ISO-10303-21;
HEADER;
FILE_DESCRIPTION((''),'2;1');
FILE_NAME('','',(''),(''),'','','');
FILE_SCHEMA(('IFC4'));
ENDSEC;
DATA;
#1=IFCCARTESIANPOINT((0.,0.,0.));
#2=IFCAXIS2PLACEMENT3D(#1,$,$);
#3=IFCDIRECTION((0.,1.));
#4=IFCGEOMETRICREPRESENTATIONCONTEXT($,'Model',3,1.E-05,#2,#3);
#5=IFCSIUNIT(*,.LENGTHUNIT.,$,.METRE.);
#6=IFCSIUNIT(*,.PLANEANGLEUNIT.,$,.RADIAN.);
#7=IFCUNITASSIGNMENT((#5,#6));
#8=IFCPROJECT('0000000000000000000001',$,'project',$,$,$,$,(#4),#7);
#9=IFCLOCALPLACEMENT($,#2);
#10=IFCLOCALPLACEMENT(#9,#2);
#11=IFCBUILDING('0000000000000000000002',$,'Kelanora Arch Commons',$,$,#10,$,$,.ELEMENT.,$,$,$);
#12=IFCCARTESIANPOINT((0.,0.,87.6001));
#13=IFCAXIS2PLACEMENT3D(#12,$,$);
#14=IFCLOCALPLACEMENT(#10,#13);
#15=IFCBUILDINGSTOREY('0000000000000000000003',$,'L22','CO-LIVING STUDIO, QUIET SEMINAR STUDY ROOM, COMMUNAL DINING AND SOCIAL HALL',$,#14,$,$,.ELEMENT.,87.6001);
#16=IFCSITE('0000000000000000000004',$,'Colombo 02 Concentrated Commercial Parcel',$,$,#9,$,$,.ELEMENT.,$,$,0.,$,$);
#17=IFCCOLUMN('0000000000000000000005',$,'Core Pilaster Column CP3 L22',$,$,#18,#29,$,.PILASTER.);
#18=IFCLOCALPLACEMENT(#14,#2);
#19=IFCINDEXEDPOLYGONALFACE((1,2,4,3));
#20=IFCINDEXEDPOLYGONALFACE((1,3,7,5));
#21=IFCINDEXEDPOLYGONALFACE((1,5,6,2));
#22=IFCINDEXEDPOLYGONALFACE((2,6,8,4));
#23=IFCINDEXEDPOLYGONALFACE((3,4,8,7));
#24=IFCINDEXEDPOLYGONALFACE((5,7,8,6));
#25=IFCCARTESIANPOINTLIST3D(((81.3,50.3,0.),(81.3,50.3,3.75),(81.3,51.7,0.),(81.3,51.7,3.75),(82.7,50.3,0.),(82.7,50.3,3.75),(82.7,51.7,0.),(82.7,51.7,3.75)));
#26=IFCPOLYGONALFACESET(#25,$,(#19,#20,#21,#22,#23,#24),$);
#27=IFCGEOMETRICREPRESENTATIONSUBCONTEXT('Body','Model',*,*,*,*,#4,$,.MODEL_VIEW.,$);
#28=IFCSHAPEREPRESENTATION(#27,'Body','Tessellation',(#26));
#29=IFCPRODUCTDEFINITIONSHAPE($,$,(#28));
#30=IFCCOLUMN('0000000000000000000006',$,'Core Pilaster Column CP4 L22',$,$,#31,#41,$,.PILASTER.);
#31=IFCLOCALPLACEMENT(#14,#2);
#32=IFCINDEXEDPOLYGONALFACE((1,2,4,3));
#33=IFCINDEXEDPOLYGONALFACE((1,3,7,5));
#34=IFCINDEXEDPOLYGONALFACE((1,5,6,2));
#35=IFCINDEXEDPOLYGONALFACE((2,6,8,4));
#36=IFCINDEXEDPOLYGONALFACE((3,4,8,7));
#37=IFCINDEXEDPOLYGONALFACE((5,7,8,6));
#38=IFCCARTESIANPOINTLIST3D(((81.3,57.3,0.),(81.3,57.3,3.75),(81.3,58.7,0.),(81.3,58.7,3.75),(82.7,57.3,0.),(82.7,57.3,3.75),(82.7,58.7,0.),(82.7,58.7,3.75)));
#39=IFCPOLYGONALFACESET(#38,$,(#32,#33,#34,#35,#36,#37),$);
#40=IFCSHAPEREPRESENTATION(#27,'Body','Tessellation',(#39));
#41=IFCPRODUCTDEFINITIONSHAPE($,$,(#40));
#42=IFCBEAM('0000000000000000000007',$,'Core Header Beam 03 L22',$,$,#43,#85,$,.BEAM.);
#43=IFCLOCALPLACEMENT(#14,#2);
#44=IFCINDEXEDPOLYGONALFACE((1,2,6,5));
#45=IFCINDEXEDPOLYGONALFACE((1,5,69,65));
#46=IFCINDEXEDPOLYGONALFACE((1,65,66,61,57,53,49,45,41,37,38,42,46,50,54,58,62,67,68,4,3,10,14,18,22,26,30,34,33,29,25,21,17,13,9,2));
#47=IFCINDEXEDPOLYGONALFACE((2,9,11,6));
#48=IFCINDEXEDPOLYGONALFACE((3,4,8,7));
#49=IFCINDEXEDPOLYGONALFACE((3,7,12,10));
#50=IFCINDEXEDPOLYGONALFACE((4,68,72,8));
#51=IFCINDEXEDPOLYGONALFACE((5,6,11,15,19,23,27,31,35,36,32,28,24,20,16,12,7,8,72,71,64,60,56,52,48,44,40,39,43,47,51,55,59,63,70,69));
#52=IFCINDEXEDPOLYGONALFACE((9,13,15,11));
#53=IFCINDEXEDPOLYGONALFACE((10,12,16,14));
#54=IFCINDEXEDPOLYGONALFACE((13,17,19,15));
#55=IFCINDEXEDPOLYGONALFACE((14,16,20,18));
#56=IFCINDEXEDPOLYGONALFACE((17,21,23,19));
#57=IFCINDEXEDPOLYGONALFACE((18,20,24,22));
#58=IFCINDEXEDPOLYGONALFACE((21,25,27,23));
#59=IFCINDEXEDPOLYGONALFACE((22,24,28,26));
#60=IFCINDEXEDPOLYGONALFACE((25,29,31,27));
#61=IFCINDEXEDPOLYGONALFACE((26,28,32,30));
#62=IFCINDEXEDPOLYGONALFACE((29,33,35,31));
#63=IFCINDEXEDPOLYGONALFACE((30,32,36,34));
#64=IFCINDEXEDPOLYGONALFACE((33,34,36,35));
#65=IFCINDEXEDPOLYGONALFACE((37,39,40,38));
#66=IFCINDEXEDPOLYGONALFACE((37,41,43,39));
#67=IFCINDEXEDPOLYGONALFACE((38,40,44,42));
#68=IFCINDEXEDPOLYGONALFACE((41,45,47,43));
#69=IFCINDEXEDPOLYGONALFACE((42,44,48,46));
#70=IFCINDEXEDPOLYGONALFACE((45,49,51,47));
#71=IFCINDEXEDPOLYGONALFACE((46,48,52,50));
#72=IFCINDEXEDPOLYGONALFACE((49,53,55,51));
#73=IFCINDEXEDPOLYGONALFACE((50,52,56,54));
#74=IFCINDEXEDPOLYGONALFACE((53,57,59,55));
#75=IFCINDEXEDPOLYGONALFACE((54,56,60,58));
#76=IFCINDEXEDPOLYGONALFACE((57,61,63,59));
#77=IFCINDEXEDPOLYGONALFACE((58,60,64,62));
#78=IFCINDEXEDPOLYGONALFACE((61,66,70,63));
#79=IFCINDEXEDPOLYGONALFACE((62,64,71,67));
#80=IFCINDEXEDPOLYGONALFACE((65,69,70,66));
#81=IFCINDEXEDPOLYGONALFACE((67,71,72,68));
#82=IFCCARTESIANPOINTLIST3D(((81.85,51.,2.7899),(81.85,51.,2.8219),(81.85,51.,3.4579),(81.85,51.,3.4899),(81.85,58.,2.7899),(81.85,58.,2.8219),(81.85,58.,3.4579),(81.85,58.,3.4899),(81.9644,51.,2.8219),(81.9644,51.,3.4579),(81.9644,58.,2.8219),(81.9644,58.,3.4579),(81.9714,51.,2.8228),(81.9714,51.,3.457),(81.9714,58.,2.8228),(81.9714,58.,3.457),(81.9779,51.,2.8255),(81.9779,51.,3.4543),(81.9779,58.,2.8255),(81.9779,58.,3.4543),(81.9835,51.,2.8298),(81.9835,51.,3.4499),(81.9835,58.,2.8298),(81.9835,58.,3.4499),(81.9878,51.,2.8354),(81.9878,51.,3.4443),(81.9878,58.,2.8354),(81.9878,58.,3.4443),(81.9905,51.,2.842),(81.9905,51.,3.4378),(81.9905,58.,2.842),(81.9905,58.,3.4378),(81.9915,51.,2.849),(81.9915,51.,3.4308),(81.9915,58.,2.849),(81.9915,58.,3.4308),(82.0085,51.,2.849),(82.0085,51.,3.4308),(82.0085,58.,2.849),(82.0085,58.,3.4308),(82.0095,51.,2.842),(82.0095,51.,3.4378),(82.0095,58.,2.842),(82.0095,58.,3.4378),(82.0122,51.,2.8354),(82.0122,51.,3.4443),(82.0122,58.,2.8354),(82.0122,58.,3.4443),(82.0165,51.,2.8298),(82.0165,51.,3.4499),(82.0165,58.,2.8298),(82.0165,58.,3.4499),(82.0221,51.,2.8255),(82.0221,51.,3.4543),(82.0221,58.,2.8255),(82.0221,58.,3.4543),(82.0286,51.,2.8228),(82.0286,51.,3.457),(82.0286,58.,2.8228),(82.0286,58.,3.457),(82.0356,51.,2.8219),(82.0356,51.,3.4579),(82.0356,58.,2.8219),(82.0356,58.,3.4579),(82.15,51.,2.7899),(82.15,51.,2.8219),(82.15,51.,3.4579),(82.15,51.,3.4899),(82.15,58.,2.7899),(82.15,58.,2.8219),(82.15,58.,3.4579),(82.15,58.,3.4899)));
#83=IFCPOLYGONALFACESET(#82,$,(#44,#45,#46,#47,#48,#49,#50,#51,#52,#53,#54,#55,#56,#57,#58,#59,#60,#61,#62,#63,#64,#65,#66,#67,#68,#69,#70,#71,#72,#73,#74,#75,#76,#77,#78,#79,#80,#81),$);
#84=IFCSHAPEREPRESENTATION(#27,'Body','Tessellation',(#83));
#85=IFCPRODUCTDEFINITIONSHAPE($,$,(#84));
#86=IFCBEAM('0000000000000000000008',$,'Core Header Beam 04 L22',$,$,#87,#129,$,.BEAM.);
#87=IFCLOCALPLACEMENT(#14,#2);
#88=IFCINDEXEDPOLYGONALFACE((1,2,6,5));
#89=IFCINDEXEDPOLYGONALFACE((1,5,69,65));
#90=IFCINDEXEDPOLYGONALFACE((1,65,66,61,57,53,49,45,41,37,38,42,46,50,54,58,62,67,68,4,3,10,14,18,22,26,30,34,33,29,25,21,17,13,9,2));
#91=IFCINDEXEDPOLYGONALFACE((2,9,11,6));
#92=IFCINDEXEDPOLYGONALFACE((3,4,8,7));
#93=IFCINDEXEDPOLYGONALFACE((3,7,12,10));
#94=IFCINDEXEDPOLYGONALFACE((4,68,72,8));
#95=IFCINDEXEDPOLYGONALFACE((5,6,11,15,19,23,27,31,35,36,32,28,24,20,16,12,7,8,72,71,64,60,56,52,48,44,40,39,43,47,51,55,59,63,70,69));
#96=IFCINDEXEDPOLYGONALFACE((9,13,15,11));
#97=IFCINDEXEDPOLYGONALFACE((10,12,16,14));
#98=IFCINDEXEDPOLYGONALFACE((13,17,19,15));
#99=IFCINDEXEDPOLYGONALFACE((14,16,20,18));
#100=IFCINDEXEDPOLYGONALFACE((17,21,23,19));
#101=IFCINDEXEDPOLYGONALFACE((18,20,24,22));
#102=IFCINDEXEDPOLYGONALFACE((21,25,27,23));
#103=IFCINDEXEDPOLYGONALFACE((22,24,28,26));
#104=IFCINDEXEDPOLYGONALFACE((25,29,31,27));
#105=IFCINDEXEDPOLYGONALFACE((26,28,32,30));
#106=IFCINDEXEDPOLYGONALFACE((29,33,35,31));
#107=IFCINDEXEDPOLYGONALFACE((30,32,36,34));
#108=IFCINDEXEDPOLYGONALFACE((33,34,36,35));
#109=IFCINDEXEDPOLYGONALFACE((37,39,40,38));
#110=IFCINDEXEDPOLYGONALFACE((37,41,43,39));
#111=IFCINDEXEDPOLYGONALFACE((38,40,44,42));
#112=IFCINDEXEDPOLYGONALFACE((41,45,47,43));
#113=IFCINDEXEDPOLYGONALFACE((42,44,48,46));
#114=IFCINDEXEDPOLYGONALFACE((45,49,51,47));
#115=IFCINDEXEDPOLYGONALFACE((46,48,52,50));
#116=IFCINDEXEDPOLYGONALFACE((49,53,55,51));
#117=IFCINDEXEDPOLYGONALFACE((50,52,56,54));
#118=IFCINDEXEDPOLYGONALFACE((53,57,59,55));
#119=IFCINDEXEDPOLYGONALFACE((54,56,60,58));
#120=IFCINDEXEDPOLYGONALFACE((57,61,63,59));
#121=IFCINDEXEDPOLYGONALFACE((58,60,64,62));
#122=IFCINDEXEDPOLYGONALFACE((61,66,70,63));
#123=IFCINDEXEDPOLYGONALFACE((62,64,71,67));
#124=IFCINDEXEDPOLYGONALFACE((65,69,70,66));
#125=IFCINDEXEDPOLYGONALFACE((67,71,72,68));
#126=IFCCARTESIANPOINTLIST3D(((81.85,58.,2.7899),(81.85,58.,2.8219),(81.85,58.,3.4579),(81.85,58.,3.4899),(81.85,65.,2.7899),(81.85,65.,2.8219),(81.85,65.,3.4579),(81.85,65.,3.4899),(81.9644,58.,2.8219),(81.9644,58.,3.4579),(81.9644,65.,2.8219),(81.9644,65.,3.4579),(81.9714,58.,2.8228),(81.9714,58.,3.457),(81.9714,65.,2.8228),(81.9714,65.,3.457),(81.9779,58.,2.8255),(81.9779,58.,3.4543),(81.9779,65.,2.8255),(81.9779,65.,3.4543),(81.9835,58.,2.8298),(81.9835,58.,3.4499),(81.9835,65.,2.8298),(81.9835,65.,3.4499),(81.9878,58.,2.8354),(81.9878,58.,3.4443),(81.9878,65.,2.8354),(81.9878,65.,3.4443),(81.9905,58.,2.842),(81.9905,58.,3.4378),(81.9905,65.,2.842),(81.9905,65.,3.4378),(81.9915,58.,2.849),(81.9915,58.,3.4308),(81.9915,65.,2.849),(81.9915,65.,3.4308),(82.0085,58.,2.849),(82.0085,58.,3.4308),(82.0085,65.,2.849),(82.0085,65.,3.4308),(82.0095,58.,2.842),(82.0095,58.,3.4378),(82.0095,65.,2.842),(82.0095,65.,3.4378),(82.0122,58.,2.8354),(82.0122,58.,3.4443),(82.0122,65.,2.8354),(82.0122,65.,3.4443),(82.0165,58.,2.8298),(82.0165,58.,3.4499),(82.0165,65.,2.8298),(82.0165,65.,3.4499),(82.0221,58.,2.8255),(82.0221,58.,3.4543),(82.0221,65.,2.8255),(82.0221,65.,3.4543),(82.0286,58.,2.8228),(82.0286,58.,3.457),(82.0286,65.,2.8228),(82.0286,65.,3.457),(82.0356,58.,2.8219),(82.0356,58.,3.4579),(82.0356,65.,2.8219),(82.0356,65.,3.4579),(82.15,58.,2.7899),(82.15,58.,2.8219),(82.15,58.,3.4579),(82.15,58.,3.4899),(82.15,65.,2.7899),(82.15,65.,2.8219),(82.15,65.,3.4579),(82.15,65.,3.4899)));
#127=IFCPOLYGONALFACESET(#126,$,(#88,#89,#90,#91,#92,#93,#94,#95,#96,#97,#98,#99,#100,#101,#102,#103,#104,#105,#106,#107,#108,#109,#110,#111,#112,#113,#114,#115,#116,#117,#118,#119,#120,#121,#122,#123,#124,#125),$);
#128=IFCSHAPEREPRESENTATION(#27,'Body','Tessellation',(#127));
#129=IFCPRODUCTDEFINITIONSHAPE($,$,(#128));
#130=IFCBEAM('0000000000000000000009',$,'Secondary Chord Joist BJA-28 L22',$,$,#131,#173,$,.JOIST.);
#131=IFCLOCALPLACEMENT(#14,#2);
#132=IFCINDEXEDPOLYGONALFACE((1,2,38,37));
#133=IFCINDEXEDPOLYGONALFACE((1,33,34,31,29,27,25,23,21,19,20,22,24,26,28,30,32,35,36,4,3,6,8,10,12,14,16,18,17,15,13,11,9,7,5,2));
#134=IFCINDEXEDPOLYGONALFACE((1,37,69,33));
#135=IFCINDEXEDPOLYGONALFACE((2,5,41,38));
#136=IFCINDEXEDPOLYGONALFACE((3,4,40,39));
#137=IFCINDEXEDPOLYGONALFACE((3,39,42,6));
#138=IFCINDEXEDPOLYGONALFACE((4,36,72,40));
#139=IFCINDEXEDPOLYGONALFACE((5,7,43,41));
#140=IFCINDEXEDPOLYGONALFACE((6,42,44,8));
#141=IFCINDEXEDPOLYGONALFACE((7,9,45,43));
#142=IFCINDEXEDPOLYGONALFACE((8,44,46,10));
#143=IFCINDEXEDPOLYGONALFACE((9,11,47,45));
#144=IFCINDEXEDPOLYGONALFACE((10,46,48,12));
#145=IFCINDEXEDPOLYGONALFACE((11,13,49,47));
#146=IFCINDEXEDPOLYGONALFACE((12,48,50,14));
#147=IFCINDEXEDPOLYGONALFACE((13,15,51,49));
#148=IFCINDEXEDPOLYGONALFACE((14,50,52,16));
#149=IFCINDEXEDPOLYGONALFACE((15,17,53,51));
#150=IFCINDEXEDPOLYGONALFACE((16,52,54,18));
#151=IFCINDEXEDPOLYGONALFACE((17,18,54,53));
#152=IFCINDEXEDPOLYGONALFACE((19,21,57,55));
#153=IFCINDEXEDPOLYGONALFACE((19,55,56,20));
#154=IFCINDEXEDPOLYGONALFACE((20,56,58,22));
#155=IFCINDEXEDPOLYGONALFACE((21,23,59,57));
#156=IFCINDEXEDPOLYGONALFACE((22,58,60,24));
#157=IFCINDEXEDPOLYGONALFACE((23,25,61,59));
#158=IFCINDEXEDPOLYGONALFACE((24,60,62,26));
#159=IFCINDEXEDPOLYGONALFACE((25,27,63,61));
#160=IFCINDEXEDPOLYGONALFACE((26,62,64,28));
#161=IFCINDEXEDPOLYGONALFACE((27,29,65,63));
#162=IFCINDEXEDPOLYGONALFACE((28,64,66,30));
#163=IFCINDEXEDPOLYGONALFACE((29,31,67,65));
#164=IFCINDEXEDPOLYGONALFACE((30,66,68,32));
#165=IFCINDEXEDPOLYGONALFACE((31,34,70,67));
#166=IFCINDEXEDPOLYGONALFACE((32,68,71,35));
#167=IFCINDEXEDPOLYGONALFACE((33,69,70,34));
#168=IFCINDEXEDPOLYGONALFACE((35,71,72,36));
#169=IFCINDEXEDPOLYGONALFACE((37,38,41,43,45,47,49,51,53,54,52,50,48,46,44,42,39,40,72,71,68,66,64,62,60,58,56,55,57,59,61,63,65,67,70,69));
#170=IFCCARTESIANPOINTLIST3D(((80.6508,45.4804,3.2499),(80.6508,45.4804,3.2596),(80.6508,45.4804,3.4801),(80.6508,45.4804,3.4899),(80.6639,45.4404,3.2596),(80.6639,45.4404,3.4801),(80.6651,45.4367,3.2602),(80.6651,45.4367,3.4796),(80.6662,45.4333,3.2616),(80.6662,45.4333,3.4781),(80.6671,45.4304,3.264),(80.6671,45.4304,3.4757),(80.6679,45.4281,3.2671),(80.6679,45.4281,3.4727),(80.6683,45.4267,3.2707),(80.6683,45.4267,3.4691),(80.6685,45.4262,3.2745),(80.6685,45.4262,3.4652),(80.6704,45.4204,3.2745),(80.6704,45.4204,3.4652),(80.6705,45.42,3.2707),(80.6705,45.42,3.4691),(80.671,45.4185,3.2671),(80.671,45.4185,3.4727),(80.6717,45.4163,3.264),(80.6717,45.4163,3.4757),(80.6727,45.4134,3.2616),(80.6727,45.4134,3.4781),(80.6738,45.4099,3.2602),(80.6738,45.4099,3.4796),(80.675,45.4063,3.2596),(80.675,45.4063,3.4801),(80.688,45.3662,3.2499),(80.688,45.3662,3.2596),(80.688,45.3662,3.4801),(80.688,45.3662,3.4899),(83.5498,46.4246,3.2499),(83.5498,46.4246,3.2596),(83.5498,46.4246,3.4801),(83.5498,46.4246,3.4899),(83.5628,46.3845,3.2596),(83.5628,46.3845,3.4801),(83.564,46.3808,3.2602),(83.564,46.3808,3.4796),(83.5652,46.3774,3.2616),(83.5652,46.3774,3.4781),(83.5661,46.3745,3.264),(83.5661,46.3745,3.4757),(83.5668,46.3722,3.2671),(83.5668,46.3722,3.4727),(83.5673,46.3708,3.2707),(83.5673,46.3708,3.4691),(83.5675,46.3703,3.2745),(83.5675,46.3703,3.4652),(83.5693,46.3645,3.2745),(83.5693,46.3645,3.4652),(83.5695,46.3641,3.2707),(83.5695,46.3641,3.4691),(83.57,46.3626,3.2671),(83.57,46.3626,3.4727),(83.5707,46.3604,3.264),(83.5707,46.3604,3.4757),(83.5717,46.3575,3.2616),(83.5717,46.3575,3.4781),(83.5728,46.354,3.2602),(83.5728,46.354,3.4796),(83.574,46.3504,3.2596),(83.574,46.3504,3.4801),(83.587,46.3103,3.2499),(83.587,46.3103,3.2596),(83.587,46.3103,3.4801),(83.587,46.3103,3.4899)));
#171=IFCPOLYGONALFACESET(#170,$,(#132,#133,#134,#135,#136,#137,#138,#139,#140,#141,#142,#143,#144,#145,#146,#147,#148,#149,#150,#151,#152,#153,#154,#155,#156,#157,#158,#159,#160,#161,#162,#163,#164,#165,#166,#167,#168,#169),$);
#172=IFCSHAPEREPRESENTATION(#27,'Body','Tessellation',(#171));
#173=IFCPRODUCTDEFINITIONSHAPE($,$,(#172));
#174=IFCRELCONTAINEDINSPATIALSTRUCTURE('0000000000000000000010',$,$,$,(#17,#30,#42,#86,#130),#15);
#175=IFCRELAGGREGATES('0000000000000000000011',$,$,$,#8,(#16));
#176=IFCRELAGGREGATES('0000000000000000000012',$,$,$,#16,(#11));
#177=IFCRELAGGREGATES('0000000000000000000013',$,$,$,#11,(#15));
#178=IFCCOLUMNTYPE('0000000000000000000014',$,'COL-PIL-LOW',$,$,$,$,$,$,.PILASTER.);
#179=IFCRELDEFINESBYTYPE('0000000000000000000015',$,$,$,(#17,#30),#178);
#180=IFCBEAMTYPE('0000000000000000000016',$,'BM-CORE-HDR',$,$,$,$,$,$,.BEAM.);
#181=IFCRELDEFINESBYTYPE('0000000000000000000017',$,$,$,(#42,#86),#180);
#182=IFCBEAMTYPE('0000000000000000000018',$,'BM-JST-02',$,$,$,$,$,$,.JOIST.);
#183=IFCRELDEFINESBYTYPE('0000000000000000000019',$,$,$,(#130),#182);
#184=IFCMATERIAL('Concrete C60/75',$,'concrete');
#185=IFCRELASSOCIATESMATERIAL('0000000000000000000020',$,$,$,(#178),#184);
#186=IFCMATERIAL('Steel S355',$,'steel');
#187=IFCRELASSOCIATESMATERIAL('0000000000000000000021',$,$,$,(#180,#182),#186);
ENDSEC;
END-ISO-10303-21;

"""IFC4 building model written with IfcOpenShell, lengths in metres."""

from ifc_helpers import new_model, si_unit, direction, frame, origin, origin_2d, place, context, subcontext, project, spatial, rectangle, i_section, extrude, material, material_profile, profile_set, type_object, element, save


model = new_model("IFC4")

# Units and contexts
model_context = context("Model", 3, precision=1e-05, world=origin(), true_north=direction((0.0, 1.0)))
body_context = subcontext(model_context, "Body", "Model", "MODEL_VIEW")
ifc_project = project(units=[si_unit("LENGTHUNIT", "METRE"), si_unit("PLANEANGLEUNIT", "RADIAN")], contexts=[model_context])

# Site, building, storey
site_placement = place(None, origin())
site = spatial("IfcSite", under=ifc_project, at=site_placement, Name="Colombo 02 Concentrated Commercial Parcel", CompositionType="ELEMENT", RefElevation=0.0)
building_placement = place(site_placement, origin())
building = spatial("IfcBuilding", under=site, at=building_placement, Name="Kelanora Arch Commons", CompositionType="ELEMENT")
storey_placement = place(building_placement, frame((0.0, 0.0, 87.6001)))
storey = spatial("IfcBuildingStorey", under=building, at=storey_placement, Name="L22", Description="CO-LIVING STUDIO, QUIET SEMINAR STUDY ROOM, COMMUNAL DINING AND SOCIAL HALL", CompositionType="ELEMENT", Elevation=87.6001)

# Columns
ifc_material_1 = material(Name="Concrete C60/75", Category="concrete")
ifc_material_profile_1 = material_profile(ifc_material_1, rectangle(XDim=1.3999, YDim=1.3999, at=origin_2d()), Name="RC1400x1400")
ifc_profile_set_1 = profile_set([ifc_material_profile_1], Name="Concrete C60/75")
column_type = type_object("IfcColumnType", Name="COL-PIL-LOW", PredefinedType="PILASTER", material=ifc_profile_set_1)
for number, where, z_axis, x_axis, name in (
    (1, (82.0, 51.0, 0.0), (0.0, 0.0, 1.0), (1.0, 0.0, 0.0), "Core Pilaster Column CP3 L22"),
    (2, (82.0, 58.0, 0.0), (0.0, 0.0, 1.0), (1.0, 0.0, 0.0), "Core Pilaster Column CP4 L22"),
):
    element("IfcColumn", number, at=place(storey_placement, frame(where, z_axis=z_axis, x_axis=x_axis)), inside=storey, type_object=column_type, Name=name, PredefinedType="PILASTER", context=body_context, shape_type="SweptSolid", body=[
        extrude(rectangle(XDim=1.3999, YDim=1.3999, at=origin_2d()), origin(), (0.0, 0.0, 1.0), 3.75),
    ])

# Beams
ifc_material_2 = material(Name="Steel S355", Category="steel")
ifc_material_profile_2 = material_profile(ifc_material_2, i_section(OverallWidth=0.3, OverallDepth=0.7, WebThickness=0.0171, FlangeThickness=0.032, FilletRadius=0.0271, at=origin_2d()), Name="HEB700")
ifc_profile_set_2 = profile_set([ifc_material_profile_2], Name="Steel S355")
beam_type_1 = type_object("IfcBeamType", Name="BM-CORE-HDR", PredefinedType="BEAM", material=ifc_profile_set_2)
for number, where, z_axis, x_axis, name in (
    (3, (82.0, 51.0, 3.1399), (0.0, 1.0, 0.0), (-1.0, 0.0, 0.0), "Core Header Beam 03 L22"),
    (4, (82.0, 58.0, 3.1399), (0.0, 1.0, 0.0), (-1.0, 0.0, 0.0), "Core Header Beam 04 L22"),
):
    element("IfcBeam", number, at=place(storey_placement, frame(where, z_axis=z_axis, x_axis=x_axis)), inside=storey, type_object=beam_type_1, Name=name, PredefinedType="BEAM", context=body_context, shape_type="SweptSolid", body=[
        extrude(i_section(OverallWidth=0.3, OverallDepth=0.7, WebThickness=0.0171, FlangeThickness=0.032, FilletRadius=0.0271, at=origin_2d()), origin(), (0.0, 0.0, 1.0), 7.0),
    ])
ifc_material_profile_3 = material_profile(ifc_material_2, i_section(OverallWidth=0.1201, OverallDepth=0.24, WebThickness=0.0061, FlangeThickness=0.0098, FilletRadius=0.0149, at=origin_2d()), Name="IPE240")
ifc_profile_set_3 = profile_set([ifc_material_profile_3], Name="Steel S355")
beam_type_2 = type_object("IfcBeamType", Name="BM-JST-02", PredefinedType="JOIST", material=ifc_profile_set_3)
beam_1_placement = place(storey_placement, frame((80.6694, 45.4233, 3.3699), z_axis=(0.950847, 0.309662, 0.0), x_axis=(-0.309662, 0.950847, 0.0)))
element("IfcBeam", 5, at=beam_1_placement, inside=storey, type_object=beam_type_2, Name="Secondary Chord Joist BJA-28 L22", PredefinedType="JOIST", context=body_context, shape_type="SweptSolid", body=[
    extrude(i_section(OverallWidth=0.1201, OverallDepth=0.24, WebThickness=0.0061, FlangeThickness=0.0098, FilletRadius=0.0149, at=origin_2d()), origin(), (0.0, 0.0, 1.0), 3.0488),
])

save(model, "model.ifc")
